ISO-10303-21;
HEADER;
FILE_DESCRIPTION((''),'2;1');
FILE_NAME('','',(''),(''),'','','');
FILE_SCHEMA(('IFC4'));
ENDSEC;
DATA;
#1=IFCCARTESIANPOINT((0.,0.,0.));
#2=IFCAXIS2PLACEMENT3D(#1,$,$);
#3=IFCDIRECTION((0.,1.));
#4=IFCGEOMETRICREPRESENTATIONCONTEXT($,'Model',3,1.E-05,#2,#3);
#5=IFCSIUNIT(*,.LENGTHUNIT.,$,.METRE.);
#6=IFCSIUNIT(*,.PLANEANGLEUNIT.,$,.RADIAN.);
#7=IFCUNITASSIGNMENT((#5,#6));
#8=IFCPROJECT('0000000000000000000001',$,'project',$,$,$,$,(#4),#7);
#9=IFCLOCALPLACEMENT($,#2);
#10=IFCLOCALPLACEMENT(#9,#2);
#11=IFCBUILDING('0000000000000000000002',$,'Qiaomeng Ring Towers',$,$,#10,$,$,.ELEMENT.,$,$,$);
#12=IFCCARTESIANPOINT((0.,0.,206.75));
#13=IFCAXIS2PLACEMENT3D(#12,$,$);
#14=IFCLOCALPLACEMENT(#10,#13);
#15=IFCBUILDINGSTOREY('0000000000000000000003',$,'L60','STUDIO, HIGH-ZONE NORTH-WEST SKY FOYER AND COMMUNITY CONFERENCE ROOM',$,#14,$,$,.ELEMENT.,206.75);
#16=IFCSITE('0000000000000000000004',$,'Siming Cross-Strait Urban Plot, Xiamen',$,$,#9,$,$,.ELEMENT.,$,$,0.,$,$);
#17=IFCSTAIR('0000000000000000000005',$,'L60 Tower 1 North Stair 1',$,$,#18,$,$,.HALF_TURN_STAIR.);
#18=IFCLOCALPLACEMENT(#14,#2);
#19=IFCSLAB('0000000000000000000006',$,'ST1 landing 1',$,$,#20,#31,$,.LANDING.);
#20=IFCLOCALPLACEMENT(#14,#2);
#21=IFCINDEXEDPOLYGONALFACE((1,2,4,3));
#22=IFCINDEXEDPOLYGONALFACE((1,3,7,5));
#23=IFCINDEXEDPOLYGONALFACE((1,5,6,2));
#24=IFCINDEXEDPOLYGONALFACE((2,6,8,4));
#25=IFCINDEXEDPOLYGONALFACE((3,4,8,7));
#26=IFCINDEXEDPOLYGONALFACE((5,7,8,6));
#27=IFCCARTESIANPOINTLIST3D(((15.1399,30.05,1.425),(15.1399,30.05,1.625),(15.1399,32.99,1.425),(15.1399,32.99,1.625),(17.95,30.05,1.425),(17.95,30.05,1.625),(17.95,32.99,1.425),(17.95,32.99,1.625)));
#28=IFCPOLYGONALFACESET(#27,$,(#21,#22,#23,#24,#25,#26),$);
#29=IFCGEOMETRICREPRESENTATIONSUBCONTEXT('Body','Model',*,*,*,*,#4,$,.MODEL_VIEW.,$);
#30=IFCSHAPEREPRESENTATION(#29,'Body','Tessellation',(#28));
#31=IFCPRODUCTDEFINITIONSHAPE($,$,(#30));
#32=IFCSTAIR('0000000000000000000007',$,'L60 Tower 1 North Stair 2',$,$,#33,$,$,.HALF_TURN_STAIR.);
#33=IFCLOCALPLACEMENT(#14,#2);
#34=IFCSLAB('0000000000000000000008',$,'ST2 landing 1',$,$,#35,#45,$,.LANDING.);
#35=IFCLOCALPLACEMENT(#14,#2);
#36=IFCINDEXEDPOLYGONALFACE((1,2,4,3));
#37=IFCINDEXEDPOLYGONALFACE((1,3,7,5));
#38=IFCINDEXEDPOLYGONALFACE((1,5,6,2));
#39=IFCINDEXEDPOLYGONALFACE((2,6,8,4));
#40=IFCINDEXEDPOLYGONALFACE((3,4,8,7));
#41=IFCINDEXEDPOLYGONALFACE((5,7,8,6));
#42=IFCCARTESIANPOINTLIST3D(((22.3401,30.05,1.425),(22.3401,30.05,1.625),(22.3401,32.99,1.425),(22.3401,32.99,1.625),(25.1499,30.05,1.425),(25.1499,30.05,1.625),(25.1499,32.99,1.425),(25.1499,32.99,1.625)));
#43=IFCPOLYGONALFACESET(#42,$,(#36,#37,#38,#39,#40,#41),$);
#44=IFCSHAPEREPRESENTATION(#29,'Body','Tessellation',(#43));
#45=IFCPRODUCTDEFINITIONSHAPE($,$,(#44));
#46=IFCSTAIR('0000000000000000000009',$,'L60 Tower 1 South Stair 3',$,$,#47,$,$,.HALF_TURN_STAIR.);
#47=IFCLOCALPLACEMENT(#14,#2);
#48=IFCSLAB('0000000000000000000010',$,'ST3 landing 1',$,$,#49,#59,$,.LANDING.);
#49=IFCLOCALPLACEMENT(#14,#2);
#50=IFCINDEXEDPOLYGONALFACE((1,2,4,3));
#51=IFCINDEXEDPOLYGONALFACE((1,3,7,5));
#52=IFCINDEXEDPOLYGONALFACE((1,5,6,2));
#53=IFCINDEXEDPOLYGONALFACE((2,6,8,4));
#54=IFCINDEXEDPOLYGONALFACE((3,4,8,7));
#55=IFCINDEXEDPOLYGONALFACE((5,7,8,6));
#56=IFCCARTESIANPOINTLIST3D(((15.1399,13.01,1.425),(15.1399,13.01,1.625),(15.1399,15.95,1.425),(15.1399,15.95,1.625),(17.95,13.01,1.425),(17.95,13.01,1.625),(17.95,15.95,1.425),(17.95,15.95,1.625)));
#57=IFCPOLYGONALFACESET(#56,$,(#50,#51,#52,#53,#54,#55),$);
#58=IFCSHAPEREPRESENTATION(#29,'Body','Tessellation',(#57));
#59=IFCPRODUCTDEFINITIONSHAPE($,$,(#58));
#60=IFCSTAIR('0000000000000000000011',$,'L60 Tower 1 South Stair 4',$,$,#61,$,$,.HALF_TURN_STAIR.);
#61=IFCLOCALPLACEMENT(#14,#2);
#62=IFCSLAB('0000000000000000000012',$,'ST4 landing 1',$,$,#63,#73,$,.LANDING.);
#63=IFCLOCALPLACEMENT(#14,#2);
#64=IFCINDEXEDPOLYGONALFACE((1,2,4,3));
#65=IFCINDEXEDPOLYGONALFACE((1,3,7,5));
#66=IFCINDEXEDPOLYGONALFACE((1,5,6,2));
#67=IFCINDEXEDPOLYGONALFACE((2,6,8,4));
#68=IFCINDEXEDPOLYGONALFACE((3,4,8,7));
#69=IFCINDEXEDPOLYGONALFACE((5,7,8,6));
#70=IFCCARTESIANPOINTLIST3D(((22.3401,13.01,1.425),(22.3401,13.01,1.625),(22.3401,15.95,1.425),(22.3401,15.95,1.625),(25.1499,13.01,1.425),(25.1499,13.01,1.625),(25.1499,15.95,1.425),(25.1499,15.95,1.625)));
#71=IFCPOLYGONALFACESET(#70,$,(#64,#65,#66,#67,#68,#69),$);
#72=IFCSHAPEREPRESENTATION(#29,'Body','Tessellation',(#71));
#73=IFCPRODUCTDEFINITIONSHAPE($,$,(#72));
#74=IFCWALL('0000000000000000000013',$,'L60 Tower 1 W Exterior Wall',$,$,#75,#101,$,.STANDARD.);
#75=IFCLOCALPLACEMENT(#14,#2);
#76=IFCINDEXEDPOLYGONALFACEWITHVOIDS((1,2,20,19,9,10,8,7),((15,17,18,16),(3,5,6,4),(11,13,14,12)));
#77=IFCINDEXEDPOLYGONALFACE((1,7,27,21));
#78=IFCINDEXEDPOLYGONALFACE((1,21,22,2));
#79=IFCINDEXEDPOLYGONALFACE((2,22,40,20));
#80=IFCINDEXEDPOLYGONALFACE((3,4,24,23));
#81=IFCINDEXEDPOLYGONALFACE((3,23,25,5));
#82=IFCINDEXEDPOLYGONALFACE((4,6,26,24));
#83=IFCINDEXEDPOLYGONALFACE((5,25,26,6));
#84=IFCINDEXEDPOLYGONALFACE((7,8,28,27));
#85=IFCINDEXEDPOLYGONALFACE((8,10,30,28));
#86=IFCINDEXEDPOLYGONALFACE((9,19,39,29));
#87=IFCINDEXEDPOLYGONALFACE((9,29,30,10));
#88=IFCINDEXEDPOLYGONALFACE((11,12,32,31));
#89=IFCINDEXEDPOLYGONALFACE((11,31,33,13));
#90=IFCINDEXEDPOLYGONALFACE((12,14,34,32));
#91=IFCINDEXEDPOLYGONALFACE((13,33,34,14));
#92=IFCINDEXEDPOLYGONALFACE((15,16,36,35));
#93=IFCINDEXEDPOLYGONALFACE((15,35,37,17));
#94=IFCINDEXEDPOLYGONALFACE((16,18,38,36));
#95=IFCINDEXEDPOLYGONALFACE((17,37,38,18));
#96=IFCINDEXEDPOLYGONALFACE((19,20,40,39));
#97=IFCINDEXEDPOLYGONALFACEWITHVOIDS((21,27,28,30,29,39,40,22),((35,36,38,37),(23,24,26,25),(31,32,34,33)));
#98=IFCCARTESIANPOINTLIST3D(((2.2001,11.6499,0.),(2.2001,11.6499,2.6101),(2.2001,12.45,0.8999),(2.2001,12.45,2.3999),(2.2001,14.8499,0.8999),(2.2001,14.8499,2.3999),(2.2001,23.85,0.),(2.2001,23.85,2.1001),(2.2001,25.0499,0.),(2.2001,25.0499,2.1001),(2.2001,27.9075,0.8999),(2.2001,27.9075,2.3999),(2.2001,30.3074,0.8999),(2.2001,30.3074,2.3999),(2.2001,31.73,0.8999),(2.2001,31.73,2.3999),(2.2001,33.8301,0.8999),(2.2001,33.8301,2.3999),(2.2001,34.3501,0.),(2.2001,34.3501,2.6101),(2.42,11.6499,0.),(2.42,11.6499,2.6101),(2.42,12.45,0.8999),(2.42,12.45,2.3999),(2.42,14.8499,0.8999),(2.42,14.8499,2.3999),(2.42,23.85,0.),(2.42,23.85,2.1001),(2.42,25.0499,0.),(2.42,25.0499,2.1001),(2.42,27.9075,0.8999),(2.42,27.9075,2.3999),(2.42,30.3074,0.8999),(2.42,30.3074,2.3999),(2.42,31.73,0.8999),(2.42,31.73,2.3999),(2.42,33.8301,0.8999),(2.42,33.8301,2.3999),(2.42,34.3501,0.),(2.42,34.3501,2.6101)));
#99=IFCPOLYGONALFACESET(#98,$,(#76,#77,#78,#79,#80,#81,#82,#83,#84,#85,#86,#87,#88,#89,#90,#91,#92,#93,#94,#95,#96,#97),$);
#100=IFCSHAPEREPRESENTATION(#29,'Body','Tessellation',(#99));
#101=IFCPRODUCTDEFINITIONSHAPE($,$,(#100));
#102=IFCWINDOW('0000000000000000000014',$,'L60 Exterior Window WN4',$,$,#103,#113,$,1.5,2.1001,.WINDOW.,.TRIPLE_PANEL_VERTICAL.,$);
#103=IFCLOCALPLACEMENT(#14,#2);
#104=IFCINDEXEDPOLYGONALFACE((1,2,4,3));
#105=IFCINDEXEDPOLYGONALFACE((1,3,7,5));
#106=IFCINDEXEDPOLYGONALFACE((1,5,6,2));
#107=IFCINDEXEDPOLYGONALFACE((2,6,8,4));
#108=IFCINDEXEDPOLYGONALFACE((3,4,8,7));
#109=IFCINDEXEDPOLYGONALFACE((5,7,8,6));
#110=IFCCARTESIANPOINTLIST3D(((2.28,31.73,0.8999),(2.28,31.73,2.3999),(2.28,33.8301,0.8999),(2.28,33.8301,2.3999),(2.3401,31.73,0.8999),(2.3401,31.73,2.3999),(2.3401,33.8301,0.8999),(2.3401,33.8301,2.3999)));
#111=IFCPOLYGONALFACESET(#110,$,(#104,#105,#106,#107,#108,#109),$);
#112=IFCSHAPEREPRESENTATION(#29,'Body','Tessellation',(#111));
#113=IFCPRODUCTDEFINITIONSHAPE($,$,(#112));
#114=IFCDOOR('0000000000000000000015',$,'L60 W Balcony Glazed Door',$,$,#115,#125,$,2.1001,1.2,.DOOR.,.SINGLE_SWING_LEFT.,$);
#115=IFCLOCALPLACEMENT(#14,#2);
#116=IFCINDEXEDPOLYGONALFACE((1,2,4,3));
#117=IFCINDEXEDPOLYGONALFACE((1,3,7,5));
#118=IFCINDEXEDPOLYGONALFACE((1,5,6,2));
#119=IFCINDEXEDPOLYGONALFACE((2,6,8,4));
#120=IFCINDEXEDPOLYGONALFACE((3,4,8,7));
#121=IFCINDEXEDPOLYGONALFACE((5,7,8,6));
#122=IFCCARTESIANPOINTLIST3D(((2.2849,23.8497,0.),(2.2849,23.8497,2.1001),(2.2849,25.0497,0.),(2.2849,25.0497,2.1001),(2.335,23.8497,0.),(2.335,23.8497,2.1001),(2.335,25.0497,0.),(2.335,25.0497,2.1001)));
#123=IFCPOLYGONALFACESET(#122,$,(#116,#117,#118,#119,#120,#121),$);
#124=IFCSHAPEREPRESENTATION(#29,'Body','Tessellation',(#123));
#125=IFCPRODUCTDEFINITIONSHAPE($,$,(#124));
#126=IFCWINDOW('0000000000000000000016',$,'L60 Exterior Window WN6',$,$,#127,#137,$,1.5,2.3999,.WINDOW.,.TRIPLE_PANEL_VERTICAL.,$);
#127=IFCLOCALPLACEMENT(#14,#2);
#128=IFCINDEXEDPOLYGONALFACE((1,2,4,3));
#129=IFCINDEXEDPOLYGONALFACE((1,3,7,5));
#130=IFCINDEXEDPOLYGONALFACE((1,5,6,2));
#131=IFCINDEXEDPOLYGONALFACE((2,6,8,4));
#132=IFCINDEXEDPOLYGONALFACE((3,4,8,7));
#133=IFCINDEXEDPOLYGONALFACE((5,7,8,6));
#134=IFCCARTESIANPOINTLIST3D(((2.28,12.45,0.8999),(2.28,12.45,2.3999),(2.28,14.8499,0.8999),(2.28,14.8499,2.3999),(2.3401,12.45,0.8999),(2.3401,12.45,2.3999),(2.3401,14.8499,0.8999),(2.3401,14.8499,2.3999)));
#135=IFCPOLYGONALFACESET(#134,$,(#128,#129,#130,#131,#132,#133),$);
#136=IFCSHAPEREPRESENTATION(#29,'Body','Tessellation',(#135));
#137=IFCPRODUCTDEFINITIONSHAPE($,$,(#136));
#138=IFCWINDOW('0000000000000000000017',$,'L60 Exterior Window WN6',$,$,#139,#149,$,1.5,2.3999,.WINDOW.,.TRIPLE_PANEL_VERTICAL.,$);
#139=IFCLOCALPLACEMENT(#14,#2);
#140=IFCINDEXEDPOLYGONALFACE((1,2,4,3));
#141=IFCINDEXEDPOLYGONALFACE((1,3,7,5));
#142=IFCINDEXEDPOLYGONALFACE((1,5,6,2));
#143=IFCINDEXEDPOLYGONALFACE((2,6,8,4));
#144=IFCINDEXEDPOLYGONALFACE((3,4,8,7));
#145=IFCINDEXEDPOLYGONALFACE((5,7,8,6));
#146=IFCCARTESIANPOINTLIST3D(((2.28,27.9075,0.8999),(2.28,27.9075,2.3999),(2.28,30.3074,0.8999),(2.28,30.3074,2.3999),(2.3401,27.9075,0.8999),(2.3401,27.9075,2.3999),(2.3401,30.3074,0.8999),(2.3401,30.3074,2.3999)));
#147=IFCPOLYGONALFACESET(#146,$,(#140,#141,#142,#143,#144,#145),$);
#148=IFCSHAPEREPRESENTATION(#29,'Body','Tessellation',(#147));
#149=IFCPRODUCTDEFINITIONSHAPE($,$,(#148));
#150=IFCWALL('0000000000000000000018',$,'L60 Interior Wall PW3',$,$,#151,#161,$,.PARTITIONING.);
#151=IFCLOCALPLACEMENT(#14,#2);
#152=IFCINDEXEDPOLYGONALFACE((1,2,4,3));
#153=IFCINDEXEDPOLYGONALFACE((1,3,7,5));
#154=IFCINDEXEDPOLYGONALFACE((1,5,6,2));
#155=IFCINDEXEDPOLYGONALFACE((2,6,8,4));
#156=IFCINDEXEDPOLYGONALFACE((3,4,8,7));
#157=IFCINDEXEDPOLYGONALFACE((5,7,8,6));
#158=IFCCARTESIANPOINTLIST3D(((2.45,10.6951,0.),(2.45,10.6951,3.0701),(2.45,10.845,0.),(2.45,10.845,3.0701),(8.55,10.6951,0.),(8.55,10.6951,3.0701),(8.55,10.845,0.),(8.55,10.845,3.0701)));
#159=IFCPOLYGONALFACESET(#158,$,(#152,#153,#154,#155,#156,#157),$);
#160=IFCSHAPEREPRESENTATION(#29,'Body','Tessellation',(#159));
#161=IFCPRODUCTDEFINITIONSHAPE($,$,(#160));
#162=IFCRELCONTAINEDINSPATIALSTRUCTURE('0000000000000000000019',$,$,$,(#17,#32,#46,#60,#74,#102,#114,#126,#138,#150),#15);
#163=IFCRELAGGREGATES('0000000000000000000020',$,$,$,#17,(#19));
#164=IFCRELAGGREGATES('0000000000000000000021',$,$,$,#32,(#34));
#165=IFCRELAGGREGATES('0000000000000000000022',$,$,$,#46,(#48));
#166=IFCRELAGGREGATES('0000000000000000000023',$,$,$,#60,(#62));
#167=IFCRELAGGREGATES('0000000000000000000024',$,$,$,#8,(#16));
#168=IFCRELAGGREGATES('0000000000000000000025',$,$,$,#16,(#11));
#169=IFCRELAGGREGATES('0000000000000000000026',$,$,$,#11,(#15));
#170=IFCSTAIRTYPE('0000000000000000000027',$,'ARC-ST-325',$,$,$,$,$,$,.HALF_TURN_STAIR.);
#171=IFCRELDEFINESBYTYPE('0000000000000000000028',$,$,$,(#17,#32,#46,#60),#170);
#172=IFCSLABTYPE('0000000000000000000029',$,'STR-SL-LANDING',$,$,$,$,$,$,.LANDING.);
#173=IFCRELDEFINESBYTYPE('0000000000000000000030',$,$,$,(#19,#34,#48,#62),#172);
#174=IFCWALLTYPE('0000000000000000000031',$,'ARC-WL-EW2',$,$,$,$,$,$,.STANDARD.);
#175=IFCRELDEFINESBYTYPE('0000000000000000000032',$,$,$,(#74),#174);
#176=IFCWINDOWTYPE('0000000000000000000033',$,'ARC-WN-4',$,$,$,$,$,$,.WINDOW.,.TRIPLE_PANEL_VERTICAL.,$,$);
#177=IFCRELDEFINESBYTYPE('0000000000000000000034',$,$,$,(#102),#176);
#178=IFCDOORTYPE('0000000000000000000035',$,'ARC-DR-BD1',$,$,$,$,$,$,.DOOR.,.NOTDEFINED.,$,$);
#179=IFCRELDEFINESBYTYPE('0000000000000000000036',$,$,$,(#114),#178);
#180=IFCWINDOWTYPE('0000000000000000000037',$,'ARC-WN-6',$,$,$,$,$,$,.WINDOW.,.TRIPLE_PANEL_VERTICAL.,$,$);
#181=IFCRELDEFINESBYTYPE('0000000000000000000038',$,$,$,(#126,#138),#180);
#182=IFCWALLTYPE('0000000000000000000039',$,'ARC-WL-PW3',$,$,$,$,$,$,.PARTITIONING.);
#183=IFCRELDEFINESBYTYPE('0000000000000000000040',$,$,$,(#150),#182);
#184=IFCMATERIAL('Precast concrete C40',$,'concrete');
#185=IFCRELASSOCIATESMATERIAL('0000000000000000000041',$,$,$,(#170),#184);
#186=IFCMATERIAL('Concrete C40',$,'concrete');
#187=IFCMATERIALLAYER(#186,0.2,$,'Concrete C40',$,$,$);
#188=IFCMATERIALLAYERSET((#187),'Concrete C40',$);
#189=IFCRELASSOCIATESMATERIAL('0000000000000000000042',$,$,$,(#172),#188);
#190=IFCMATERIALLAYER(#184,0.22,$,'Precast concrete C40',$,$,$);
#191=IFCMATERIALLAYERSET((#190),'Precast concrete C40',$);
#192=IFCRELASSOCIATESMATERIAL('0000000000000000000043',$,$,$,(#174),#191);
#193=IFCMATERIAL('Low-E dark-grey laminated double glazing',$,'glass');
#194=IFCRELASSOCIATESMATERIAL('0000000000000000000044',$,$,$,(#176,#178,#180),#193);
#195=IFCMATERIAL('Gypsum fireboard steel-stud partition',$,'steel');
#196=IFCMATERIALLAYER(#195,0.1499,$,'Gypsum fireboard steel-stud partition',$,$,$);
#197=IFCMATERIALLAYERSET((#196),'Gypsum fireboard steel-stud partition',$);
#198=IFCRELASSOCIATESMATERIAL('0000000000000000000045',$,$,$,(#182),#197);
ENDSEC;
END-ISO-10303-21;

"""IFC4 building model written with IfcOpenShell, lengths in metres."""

from ifc_helpers import new_model, si_unit, direction, frame, frame_2d, origin, place, context, subcontext, project, spatial, polyline, rectangle, outline, extrude, source, transform, mapped, material, layer, layer_set, type_object, element, fill, aggregate, save


model = new_model("IFC4")

# Units and contexts
model_context = context("Model", 3, precision=1e-05, world=origin(), true_north=direction((0.0, 1.0)))
body_context = subcontext(model_context, "Body", "Model", "MODEL_VIEW")
ifc_project = project(units=[si_unit("LENGTHUNIT", "METRE"), si_unit("PLANEANGLEUNIT", "RADIAN")], contexts=[model_context])

# Site, building, storey
site_placement = place(None, origin())
site = spatial("IfcSite", under=ifc_project, at=site_placement, Name="Siming Cross-Strait Urban Plot, Xiamen", CompositionType="ELEMENT", RefElevation=0.0)
building_placement = place(site_placement, origin())
building = spatial("IfcBuilding", under=site, at=building_placement, Name="Qiaomeng Ring Towers", CompositionType="ELEMENT")
storey_placement = place(building_placement, frame((0.0, 0.0, 206.75)))
storey = spatial("IfcBuildingStorey", under=building, at=storey_placement, Name="L60", Description="STUDIO, HIGH-ZONE NORTH-WEST SKY FOYER AND COMMUNITY CONFERENCE ROOM", CompositionType="ELEMENT", Elevation=206.75)

# Shared definitions
ifc_material_1 = material(Name="Concrete C40", Category="concrete")

# Stairs, slabs
ifc_material_2 = material(Name="Precast concrete C40", Category="concrete")
stair_type = type_object("IfcStairType", Name="ARC-ST-325", PredefinedType="HALF_TURN_STAIR", material=ifc_material_2)
stair_1_placement = place(storey_placement, origin())
stair_1 = element("IfcStair", 1, at=stair_1_placement, inside=storey, type_object=stair_type, Name="L60 Tower 1 North Stair 1", PredefinedType="HALF_TURN_STAIR")
ifc_layer_1 = layer(ifc_material_1, 0.2, Name="Concrete C40")
ifc_layer_set_1 = layer_set([ifc_layer_1], Name="Concrete C40")
slab_type_1 = type_object("IfcSlabType", Name="STR-SL-LANDING", PredefinedType="LANDING", material=ifc_layer_set_1)
slab_1_placement = place(storey_placement, frame((0.0, 0.0, 1.425)))
slab_1 = element("IfcSlab", 2, at=slab_1_placement, type_object=slab_type_1, Name="ST1 landing 1", PredefinedType="LANDING", context=body_context, shape_type="SweptSolid", body=[
    extrude(outline(polyline([(15.1399, 30.05), (17.95, 30.05), (17.95, 32.99), (15.1399, 32.99), (15.1399, 30.05)])), origin(), (0.0, 0.0, 1.0), 0.2),
])
aggregate(stair_1, [slab_1])
stair_2_placement = place(storey_placement, origin())
stair_2 = element("IfcStair", 3, at=stair_2_placement, inside=storey, type_object=stair_type, Name="L60 Tower 1 North Stair 2", PredefinedType="HALF_TURN_STAIR")
slab_2_placement = place(storey_placement, frame((0.0, 0.0, 1.425)))
slab_2 = element("IfcSlab", 4, at=slab_2_placement, type_object=slab_type_1, Name="ST2 landing 1", PredefinedType="LANDING", context=body_context, shape_type="SweptSolid", body=[
    extrude(outline(polyline([(22.3401, 30.05), (25.1499, 30.05), (25.1499, 32.99), (22.3401, 32.99), (22.3401, 30.05)])), origin(), (0.0, 0.0, 1.0), 0.2),
])
aggregate(stair_2, [slab_2])
stair_3_placement = place(storey_placement, origin())
stair_3 = element("IfcStair", 5, at=stair_3_placement, inside=storey, type_object=stair_type, Name="L60 Tower 1 South Stair 3", PredefinedType="HALF_TURN_STAIR")
slab_3_placement = place(storey_placement, frame((0.0, 0.0, 1.425)))
slab_3 = element("IfcSlab", 6, at=slab_3_placement, type_object=slab_type_1, Name="ST3 landing 1", PredefinedType="LANDING", context=body_context, shape_type="SweptSolid", body=[
    extrude(outline(polyline([(15.1399, 13.01), (17.95, 13.01), (17.95, 15.95), (15.1399, 15.95), (15.1399, 13.01)])), origin(), (0.0, 0.0, 1.0), 0.2),
])
aggregate(stair_3, [slab_3])
stair_4_placement = place(storey_placement, origin())
stair_4 = element("IfcStair", 7, at=stair_4_placement, inside=storey, type_object=stair_type, Name="L60 Tower 1 South Stair 4", PredefinedType="HALF_TURN_STAIR")
slab_4_placement = place(storey_placement, frame((0.0, 0.0, 1.425)))
slab_4 = element("IfcSlab", 8, at=slab_4_placement, type_object=slab_type_1, Name="ST4 landing 1", PredefinedType="LANDING", context=body_context, shape_type="SweptSolid", body=[
    extrude(outline(polyline([(22.3401, 13.01), (25.1499, 13.01), (25.1499, 15.95), (22.3401, 15.95), (22.3401, 13.01)])), origin(), (0.0, 0.0, 1.0), 0.2),
])
aggregate(stair_4, [slab_4])

# Wall, openings, windows, door
ifc_layer_2 = layer(ifc_material_2, 0.22, Name="Precast concrete C40")
ifc_layer_set_2 = layer_set([ifc_layer_2], Name="Precast concrete C40")
wall_type_1 = type_object("IfcWallType", Name="ARC-WL-EW2", PredefinedType="STANDARD", material=ifc_layer_set_2)
wall_1_placement = place(storey_placement, frame((2.3101, 11.6499, 0.0), z_axis=(0.0, 0.0, 1.0), x_axis=(0.0, 1.0, 0.0)))
wall_1 = element("IfcWall", 9, at=wall_1_placement, inside=storey, type_object=wall_type_1, Name="L60 Tower 1 W Exterior Wall", PredefinedType="STANDARD", context=body_context, shape_type="SweptSolid", body=[
    extrude(rectangle(XDim=22.7002, YDim=0.22, at=frame_2d((11.3501, 0.0))), origin(), (0.0, 0.0, 1.0), 2.6101),
])
opening_1_placement = place(wall_1_placement, frame((12.2, 0.0, 0.0)))
opening_1 = element("IfcOpeningElement", 10, at=opening_1_placement, cuts=wall_1, PredefinedType="OPENING", context=body_context, shape_type="SweptSolid", body=[
    extrude(rectangle(XDim=1.2, YDim=2.1001, at=frame_2d((0.6001, 1.05))), frame((0.0, 0.1199, 0.0), z_axis=(0.0, -1.0, 0.0), x_axis=(1.0, 0.0, 0.0)), (0.0, 0.0, 1.0), 0.24),
])
opening_2_placement = place(wall_1_placement, frame((0.8, 0.0, 0.8999)))
opening_2 = element("IfcOpeningElement", 11, at=opening_2_placement, cuts=wall_1, PredefinedType="OPENING", context=body_context, shape_type="SweptSolid", body=[
    extrude(rectangle(XDim=2.3999, YDim=1.5, at=frame_2d((1.2, 0.75))), frame((0.0, 0.1199, 0.0), z_axis=(0.0, -1.0, 0.0), x_axis=(1.0, 0.0, 0.0)), (0.0, 0.0, 1.0), 0.24),
])
opening_3_placement = place(wall_1_placement, frame((20.0801, 0.0, 0.8999)))
opening_3 = element("IfcOpeningElement", 12, at=opening_3_placement, cuts=wall_1, PredefinedType="OPENING", context=body_context, shape_type="SweptSolid", body=[
    extrude(rectangle(XDim=2.1001, YDim=1.5, at=frame_2d((1.05, 0.75))), frame((0.0, 0.1199, 0.0), z_axis=(0.0, -1.0, 0.0), x_axis=(1.0, 0.0, 0.0)), (0.0, 0.0, 1.0), 0.24),
])
opening_4_placement = place(wall_1_placement, frame((16.2576, 0.0, 0.8999)))
opening_4 = element("IfcOpeningElement", 13, at=opening_4_placement, cuts=wall_1, PredefinedType="OPENING", context=body_context, shape_type="SweptSolid", body=[
    extrude(rectangle(XDim=2.3999, YDim=1.5, at=frame_2d((1.2, 0.75))), frame((0.0, 0.1199, 0.0), z_axis=(0.0, -1.0, 0.0), x_axis=(1.0, 0.0, 0.0)), (0.0, 0.0, 1.0), 0.24),
])
ifc_material_3 = material(Name="Low-E dark-grey laminated double glazing", Category="glass")
window_type_1 = type_object("IfcWindowType", Name="ARC-WN-4", PartitioningType="TRIPLE_PANEL_VERTICAL", PredefinedType="WINDOW", material=ifc_material_3)
shared_shape_1 = source(origin(), body_context, "Body", "SweptSolid", [
    extrude(rectangle(XDim=2.1001, YDim=1.5, at=frame_2d((1.05, 0.75))), frame((0.0, 0.03, 0.0), z_axis=(0.0, -1.0, 0.0), x_axis=(1.0, 0.0, 0.0)), (0.0, 0.0, 1.0), 0.0601),
])
window_1_placement = place(opening_3_placement, origin())
window_1 = element("IfcWindow", 14, at=window_1_placement, inside=storey, type_object=window_type_1, Name="L60 Exterior Window WN4", OverallHeight=1.5, OverallWidth=2.1001, PartitioningType="TRIPLE_PANEL_VERTICAL", PredefinedType="WINDOW", context=body_context, shape_type="MappedRepresentation", body=[
    mapped(shared_shape_1, transform((0.0, 0.0, 0.0), x_axis=(1.0, 0.0, 0.0), y_axis=(0.0, 1.0, 0.0), z_axis=(0.0, 0.0, 1.0), scale=1.0)),
])
fill(opening_3, window_1)
door_type = type_object("IfcDoorType", Name="ARC-DR-BD1", OperationType="NOTDEFINED", PredefinedType="DOOR", material=ifc_material_3)
shared_shape_2 = source(origin(), body_context, "Body", "SweptSolid", [
    extrude(rectangle(XDim=1.2, YDim=2.1001, at=frame_2d((0.6001, 1.05))), frame((0.0, 0.0249, 0.0), z_axis=(0.0, -1.0, 0.0), x_axis=(1.0, 0.0, 0.0)), (0.0, 0.0, 1.0), 0.05),
])
door_placement = place(opening_1_placement, frame((1.2, 0.0, 0.0), z_axis=(0.0, 0.0, 1.0), x_axis=(-1.0, 0.0, 0.0)))
door = element("IfcDoor", 15, at=door_placement, inside=storey, type_object=door_type, Name="L60 W Balcony Glazed Door", OperationType="SINGLE_SWING_LEFT", OverallHeight=2.1001, OverallWidth=1.2, PredefinedType="DOOR", context=body_context, shape_type="MappedRepresentation", body=[
    mapped(shared_shape_2, transform((0.0, 0.0, 0.0), x_axis=(1.0, 0.0, 0.0), y_axis=(0.0, 1.0, 0.0), z_axis=(0.0, 0.0, 1.0), scale=1.0)),
])
fill(opening_1, door)
window_type_2 = type_object("IfcWindowType", Name="ARC-WN-6", PartitioningType="TRIPLE_PANEL_VERTICAL", PredefinedType="WINDOW", material=ifc_material_3)
shared_shape_3 = source(origin(), body_context, "Body", "SweptSolid", [
    extrude(rectangle(XDim=2.3999, YDim=1.5, at=frame_2d((1.2, 0.75))), frame((0.0, 0.03, 0.0), z_axis=(0.0, -1.0, 0.0), x_axis=(1.0, 0.0, 0.0)), (0.0, 0.0, 1.0), 0.0601),
])
window_2_placement = place(opening_2_placement, origin())
window_2 = element("IfcWindow", 16, at=window_2_placement, inside=storey, type_object=window_type_2, Name="L60 Exterior Window WN6", OverallHeight=1.5, OverallWidth=2.3999, PartitioningType="TRIPLE_PANEL_VERTICAL", PredefinedType="WINDOW", context=body_context, shape_type="MappedRepresentation", body=[
    mapped(shared_shape_3, transform((0.0, 0.0, 0.0), x_axis=(1.0, 0.0, 0.0), y_axis=(0.0, 1.0, 0.0), z_axis=(0.0, 0.0, 1.0), scale=1.0)),
])
fill(opening_2, window_2)
window_3_placement = place(opening_4_placement, origin())
window_3 = element("IfcWindow", 17, at=window_3_placement, inside=storey, type_object=window_type_2, Name="L60 Exterior Window WN6", OverallHeight=1.5, OverallWidth=2.3999, PartitioningType="TRIPLE_PANEL_VERTICAL", PredefinedType="WINDOW", context=body_context, shape_type="MappedRepresentation", body=[
    mapped(shared_shape_3, transform((0.0, 0.0, 0.0), x_axis=(1.0, 0.0, 0.0), y_axis=(0.0, 1.0, 0.0), z_axis=(0.0, 0.0, 1.0), scale=1.0)),
])
fill(opening_4, window_3)

# Wall
ifc_material_4 = material(Name="Gypsum fireboard steel-stud partition", Category="steel")
ifc_layer_3 = layer(ifc_material_4, 0.1499, Name="Gypsum fireboard steel-stud partition")
ifc_layer_set_3 = layer_set([ifc_layer_3], Name="Gypsum fireboard steel-stud partition")
wall_type_2 = type_object("IfcWallType", Name="ARC-WL-PW3", PredefinedType="PARTITIONING", material=ifc_layer_set_3)
wall_2_placement = place(storey_placement, frame((2.45, 10.77, 0.0), z_axis=(0.0, 0.0, 1.0), x_axis=(1.0, 0.0, 0.0)))
element("IfcWall", 18, at=wall_2_placement, inside=storey, type_object=wall_type_2, Name="L60 Interior Wall PW3", PredefinedType="PARTITIONING", context=body_context, shape_type="SweptSolid", body=[
    extrude(rectangle(XDim=6.1001, YDim=0.1499, at=frame_2d((3.05, 0.0))), origin(), (0.0, 0.0, 1.0), 3.0701),
])

save(model, "model.ifc")
